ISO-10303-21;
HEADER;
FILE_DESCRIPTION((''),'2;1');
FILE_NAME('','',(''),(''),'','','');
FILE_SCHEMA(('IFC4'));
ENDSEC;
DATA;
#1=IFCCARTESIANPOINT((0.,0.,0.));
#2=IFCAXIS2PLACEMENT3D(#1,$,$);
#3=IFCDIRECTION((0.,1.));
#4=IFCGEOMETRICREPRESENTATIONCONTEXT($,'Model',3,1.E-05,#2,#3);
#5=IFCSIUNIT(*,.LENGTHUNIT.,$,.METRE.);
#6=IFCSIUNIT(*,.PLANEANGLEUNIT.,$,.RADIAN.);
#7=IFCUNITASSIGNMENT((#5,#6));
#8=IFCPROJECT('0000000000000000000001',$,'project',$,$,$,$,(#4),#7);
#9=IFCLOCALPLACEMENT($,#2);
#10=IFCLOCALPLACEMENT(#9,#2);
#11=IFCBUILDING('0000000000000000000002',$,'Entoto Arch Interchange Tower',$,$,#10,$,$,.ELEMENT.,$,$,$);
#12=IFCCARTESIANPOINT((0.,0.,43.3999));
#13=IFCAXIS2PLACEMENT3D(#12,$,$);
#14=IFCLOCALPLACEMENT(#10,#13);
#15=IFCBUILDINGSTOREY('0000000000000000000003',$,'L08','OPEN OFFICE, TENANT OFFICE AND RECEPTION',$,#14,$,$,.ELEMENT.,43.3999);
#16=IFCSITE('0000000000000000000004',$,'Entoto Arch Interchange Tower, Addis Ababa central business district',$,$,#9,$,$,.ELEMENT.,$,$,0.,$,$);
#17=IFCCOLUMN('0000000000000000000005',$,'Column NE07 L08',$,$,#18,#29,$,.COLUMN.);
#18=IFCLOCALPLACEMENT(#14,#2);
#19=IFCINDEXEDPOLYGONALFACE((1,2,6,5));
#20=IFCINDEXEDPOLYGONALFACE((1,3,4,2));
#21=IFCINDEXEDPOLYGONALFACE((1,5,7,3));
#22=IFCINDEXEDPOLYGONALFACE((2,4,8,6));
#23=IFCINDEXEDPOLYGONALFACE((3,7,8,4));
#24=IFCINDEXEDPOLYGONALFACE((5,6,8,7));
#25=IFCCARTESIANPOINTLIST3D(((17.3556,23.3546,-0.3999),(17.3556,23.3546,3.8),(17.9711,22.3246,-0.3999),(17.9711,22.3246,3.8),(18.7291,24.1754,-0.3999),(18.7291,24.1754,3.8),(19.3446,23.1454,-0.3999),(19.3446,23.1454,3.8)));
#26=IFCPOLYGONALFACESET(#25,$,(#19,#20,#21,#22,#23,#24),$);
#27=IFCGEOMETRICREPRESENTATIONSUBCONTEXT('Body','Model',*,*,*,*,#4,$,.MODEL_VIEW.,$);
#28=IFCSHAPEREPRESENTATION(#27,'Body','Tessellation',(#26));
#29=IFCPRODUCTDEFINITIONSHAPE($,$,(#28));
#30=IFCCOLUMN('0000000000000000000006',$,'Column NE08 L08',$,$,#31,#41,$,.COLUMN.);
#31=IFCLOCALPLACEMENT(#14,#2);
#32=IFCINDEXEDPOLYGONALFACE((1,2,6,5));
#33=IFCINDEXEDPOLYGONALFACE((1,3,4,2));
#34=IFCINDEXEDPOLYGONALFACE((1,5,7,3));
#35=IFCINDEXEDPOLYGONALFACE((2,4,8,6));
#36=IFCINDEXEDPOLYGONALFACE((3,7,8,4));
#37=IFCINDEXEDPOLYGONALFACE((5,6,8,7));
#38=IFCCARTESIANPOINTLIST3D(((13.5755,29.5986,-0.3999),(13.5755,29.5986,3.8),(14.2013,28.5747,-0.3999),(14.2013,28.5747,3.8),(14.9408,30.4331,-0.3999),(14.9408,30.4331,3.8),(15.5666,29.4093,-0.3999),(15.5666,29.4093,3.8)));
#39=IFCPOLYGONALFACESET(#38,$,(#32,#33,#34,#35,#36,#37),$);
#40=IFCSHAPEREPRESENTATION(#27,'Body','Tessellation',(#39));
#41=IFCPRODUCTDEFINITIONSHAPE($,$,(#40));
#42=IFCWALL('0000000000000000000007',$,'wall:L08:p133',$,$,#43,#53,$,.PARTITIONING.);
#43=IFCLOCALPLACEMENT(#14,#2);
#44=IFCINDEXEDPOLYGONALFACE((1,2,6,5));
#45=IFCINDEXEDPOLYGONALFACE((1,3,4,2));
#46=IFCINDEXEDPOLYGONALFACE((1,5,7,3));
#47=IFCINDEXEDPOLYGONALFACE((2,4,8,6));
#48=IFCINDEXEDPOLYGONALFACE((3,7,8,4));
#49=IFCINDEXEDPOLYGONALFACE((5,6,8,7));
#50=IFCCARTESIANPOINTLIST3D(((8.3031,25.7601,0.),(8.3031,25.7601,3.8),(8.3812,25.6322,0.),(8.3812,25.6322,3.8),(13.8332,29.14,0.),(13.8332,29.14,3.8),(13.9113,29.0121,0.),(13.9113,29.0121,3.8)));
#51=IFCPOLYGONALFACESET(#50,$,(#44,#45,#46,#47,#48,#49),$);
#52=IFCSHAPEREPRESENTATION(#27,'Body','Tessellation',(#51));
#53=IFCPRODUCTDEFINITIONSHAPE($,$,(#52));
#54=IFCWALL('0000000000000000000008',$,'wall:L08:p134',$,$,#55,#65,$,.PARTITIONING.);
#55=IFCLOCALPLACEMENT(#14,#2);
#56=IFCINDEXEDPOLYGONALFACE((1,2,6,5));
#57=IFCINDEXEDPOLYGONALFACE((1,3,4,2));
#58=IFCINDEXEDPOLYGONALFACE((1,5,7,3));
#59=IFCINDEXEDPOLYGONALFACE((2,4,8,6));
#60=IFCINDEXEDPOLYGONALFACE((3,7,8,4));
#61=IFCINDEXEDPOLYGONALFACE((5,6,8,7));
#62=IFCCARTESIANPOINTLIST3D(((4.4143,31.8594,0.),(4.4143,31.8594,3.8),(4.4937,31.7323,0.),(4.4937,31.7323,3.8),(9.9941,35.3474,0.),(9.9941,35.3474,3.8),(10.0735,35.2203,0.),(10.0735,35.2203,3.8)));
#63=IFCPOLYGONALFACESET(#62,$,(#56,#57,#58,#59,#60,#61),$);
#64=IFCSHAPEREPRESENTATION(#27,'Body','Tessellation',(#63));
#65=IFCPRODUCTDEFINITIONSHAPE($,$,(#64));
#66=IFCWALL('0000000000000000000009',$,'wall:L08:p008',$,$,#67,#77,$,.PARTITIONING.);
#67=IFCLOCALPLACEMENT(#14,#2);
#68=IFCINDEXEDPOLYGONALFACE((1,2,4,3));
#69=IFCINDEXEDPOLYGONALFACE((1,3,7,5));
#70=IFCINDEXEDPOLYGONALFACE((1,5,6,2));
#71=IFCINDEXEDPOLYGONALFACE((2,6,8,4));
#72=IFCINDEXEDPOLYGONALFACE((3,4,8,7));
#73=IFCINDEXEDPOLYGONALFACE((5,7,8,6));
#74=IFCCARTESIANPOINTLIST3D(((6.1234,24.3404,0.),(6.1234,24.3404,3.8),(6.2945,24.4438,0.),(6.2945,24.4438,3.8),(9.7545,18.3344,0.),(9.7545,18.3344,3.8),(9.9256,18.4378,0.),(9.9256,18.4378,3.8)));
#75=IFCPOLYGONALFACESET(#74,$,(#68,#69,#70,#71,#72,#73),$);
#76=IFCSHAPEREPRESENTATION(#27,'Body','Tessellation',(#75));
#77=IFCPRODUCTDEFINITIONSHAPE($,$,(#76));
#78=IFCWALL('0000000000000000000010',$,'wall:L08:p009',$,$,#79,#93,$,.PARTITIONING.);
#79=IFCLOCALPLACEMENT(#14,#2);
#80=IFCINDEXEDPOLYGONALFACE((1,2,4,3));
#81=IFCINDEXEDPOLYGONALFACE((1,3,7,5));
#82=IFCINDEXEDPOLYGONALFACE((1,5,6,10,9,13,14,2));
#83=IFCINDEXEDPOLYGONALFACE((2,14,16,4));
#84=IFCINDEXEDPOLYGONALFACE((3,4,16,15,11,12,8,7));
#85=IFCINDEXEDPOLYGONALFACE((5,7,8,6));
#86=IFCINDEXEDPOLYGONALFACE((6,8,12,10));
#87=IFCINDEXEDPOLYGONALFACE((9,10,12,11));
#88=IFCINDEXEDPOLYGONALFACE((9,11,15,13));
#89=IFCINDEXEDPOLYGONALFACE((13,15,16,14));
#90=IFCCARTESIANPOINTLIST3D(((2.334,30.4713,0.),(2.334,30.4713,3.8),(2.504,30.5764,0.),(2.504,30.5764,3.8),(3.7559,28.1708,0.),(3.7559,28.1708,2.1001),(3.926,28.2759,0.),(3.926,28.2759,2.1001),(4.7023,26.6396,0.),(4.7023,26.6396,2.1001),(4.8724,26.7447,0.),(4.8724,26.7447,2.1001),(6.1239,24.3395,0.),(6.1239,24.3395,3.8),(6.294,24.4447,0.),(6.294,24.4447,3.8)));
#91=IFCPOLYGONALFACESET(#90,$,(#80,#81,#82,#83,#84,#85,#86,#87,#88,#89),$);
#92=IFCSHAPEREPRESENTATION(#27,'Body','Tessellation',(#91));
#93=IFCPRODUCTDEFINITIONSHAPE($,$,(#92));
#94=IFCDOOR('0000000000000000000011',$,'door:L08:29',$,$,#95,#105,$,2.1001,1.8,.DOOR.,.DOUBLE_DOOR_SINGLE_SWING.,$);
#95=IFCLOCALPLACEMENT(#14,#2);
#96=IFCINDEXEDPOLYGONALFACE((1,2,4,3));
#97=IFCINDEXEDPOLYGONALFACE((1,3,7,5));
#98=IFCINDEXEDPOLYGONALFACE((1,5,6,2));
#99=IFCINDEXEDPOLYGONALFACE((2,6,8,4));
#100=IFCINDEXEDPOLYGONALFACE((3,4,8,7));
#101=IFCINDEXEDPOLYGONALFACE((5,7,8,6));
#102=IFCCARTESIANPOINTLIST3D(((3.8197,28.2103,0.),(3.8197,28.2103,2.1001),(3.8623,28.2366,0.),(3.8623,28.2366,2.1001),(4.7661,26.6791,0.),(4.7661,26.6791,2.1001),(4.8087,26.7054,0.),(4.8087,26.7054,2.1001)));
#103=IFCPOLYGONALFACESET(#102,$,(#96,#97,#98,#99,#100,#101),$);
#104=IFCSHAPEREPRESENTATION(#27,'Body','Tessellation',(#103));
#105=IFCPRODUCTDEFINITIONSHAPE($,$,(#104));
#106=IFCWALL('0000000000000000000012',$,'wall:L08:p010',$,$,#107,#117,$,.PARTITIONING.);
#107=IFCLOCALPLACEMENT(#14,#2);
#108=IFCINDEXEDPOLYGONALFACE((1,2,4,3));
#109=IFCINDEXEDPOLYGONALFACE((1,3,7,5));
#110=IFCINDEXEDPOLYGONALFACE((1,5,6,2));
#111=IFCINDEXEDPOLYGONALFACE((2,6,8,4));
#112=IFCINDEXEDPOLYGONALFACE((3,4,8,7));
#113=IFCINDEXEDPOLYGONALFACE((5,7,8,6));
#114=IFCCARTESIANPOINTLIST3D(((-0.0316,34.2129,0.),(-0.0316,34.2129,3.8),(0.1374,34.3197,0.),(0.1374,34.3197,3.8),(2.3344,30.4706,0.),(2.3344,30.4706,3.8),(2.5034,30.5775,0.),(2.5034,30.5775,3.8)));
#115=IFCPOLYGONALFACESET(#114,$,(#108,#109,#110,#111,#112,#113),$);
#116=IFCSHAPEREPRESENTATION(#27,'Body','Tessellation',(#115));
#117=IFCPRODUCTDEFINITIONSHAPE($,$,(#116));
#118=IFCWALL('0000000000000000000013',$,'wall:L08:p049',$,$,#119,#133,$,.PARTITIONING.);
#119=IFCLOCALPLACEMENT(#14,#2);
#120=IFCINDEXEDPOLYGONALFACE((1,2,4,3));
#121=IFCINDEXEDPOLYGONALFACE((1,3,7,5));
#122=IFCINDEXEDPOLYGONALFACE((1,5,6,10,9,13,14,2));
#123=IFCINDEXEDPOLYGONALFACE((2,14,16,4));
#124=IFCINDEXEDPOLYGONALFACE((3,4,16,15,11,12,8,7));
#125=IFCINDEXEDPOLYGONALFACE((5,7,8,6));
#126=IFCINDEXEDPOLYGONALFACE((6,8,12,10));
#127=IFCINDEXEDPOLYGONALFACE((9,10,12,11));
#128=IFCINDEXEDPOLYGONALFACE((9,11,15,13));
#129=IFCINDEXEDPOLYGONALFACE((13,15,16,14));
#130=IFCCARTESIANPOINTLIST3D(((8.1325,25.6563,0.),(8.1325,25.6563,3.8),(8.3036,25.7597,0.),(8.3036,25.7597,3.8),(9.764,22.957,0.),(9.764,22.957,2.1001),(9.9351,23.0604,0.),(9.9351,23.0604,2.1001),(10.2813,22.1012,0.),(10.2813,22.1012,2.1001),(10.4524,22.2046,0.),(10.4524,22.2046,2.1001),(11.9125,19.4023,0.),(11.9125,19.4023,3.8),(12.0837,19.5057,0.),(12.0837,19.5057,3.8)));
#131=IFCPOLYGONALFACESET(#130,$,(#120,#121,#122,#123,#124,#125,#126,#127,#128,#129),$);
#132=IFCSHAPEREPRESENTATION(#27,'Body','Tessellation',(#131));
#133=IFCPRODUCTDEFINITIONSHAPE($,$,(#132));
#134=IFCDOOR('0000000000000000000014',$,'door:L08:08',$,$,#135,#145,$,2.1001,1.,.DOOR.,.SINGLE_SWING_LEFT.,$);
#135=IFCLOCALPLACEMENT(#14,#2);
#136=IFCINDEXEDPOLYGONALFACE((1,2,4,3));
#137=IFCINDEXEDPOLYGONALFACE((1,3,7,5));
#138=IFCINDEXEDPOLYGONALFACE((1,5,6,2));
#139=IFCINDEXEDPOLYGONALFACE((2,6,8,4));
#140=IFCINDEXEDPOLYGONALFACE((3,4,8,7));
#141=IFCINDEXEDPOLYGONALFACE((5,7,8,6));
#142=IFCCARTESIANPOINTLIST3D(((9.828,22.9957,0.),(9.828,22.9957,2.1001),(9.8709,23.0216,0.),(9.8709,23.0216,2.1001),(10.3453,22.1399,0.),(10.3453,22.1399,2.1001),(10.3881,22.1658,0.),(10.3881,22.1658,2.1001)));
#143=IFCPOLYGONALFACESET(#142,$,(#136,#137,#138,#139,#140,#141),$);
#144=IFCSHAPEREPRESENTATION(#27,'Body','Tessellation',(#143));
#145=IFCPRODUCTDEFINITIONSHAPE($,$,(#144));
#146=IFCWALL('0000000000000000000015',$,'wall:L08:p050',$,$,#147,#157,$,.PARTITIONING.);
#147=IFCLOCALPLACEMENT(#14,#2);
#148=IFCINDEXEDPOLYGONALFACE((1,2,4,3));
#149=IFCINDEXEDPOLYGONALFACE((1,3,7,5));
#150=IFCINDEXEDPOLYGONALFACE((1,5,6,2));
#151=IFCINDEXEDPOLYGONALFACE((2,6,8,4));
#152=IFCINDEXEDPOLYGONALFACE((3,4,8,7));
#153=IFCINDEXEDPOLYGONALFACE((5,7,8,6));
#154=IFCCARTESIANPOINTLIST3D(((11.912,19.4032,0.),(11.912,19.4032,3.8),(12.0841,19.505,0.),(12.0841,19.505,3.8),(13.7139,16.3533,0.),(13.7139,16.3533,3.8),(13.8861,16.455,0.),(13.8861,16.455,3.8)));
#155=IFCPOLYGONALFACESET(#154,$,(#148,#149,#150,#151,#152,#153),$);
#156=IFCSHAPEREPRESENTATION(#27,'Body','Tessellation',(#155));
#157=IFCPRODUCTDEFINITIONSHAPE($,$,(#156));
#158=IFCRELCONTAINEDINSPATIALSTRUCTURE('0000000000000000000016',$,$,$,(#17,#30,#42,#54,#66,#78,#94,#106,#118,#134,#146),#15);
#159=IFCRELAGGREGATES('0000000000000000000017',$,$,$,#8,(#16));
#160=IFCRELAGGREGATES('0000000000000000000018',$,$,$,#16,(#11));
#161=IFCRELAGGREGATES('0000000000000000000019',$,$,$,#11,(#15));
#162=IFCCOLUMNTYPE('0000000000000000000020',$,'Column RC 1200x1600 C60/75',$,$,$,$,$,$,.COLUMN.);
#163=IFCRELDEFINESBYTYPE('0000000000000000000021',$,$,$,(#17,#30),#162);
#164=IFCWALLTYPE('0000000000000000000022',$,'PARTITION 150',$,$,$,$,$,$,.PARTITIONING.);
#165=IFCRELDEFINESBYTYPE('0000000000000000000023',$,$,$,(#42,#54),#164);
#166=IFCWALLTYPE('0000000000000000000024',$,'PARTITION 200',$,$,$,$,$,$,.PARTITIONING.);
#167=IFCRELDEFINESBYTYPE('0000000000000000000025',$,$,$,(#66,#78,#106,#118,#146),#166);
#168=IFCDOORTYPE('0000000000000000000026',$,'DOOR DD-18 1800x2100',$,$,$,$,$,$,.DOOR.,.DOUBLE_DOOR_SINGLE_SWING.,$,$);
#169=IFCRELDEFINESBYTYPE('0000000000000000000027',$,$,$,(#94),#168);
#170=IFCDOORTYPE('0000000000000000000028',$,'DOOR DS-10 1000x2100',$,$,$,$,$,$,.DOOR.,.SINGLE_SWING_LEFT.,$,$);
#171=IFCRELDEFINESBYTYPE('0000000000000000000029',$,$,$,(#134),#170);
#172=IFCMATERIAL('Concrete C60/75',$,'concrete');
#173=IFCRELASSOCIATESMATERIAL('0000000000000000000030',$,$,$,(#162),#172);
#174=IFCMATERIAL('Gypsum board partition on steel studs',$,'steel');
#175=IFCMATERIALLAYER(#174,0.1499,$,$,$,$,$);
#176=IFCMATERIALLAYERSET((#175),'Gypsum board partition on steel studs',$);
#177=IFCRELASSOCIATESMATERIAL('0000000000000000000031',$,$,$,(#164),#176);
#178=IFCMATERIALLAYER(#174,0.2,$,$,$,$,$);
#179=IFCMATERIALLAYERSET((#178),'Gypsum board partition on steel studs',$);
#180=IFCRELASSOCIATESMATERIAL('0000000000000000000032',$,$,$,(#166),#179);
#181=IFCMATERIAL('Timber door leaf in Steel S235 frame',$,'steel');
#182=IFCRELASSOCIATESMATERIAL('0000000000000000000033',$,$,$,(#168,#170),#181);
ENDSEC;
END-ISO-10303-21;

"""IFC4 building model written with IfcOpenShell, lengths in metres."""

from ifc_helpers import new_model, si_unit, direction, frame, frame_2d, origin, origin_2d, place, context, subcontext, project, spatial, rectangle, extrude, material, layer, layer_set, material_profile, profile_set, type_object, element, fill, save


model = new_model("IFC4")

# Units and contexts
model_context = context("Model", 3, precision=1e-05, world=origin(), true_north=direction((0.0, 1.0)))
body_context = subcontext(model_context, "Body", "Model", "MODEL_VIEW")
ifc_project = project(units=[si_unit("LENGTHUNIT", "METRE"), si_unit("PLANEANGLEUNIT", "RADIAN")], contexts=[model_context])

# Site, building, storey
site_placement = place(None, origin())
site = spatial("IfcSite", under=ifc_project, at=site_placement, Name="Entoto Arch Interchange Tower, Addis Ababa central business district", CompositionType="ELEMENT", RefElevation=0.0)
building_placement = place(site_placement, origin())
building = spatial("IfcBuilding", under=site, at=building_placement, Name="Entoto Arch Interchange Tower", CompositionType="ELEMENT")
storey_placement = place(building_placement, frame((0.0, 0.0, 43.3999)))
storey = spatial("IfcBuildingStorey", under=building, at=storey_placement, Name="L08", Description="OPEN OFFICE, TENANT OFFICE AND RECEPTION", CompositionType="ELEMENT", Elevation=43.3999)

# Columns
ifc_material_1 = material(Name="Concrete C60/75", Category="concrete")
ifc_material_profile = material_profile(ifc_material_1, rectangle(XDim=1.2, YDim=1.6001, at=origin_2d()))
ifc_profile_set = profile_set([ifc_material_profile], Name="Concrete C60/75")
column_type = type_object("IfcColumnType", Name="Column RC 1200x1600 C60/75", PredefinedType="COLUMN", material=ifc_profile_set)
for number, where, z_axis, x_axis, name in (
    (1, (18.3501, 23.25, -0.3999), (0.0, 0.0, 1.0), (-0.512972, 0.858405, 0.0), "Column NE07 L08"),
    (2, (14.571, 29.5039, -0.3999), (0.0, 0.0, 1.0), (-0.521546, 0.853223, 0.0), "Column NE08 L08"),
):
    element("IfcColumn", number, at=place(storey_placement, frame(where, z_axis=z_axis, x_axis=x_axis)), inside=storey, type_object=column_type, Name=name, PredefinedType="COLUMN", context=body_context, shape_type="SweptSolid", body=[
        extrude(rectangle(XDim=1.2, YDim=1.6001, at=origin_2d()), origin(), (0.0, 0.0, 1.0), 4.2),
    ])

# Walls
ifc_material_2 = material(Name="Gypsum board partition on steel studs", Category="steel")
ifc_layer_1 = layer(ifc_material_2, 0.1499)
ifc_layer_set_1 = layer_set([ifc_layer_1], Name="Gypsum board partition on steel studs")
wall_type_1 = type_object("IfcWallType", Name="PARTITION 150", PredefinedType="PARTITIONING", material=ifc_layer_set_1)
wall_1_placement = place(storey_placement, frame((8.342, 25.696, 0.0), z_axis=(0.0, 0.0, 1.0), x_axis=(0.853253, 0.521497, 0.0)))
element("IfcWall", 3, at=wall_1_placement, inside=storey, type_object=wall_type_1, Name="wall:L08:p133", PredefinedType="PARTITIONING", context=body_context, shape_type="SweptSolid", body=[
    extrude(rectangle(XDim=6.4812, YDim=0.1499, at=frame_2d((3.2407, 0.0))), origin(), (0.0, 0.0, 1.0), 3.8),
])
wall_2_placement = place(storey_placement, frame((4.4541, 31.7959, 0.0), z_axis=(0.0, 0.0, 1.0), x_axis=(0.847955, 0.530069, 0.0)))
element("IfcWall", 4, at=wall_2_placement, inside=storey, type_object=wall_type_1, Name="wall:L08:p134", PredefinedType="PARTITIONING", context=body_context, shape_type="SweptSolid", body=[
    extrude(rectangle(XDim=6.5803, YDim=0.1499, at=frame_2d((3.29, 0.0))), origin(), (0.0, 0.0, 1.0), 3.8),
])
ifc_layer_2 = layer(ifc_material_2, 0.2)
ifc_layer_set_2 = layer_set([ifc_layer_2], Name="Gypsum board partition on steel studs")
wall_type_2 = type_object("IfcWallType", Name="PARTITION 200", PredefinedType="PARTITIONING", material=ifc_layer_set_2)
wall_3_placement = place(storey_placement, frame((9.8401, 18.386, 0.0), z_axis=(0.0, 0.0, 1.0), x_axis=(-0.517368, 0.855763, 0.0)))
element("IfcWall", 5, at=wall_3_placement, inside=storey, type_object=wall_type_2, Name="wall:L08:p008", PredefinedType="PARTITIONING", context=body_context, shape_type="SweptSolid", body=[
    extrude(rectangle(XDim=7.0183, YDim=0.2, at=frame_2d((3.5093, 0.0))), origin(), (0.0, 0.0, 1.0), 3.8),
])

# Wall, opening, door
wall_4_placement = place(storey_placement, frame((6.209, 24.3921, 0.0), z_axis=(0.0, 0.0, 1.0), x_axis=(-0.525767, 0.850629, 0.0)))
wall_4 = element("IfcWall", 6, at=wall_4_placement, inside=storey, type_object=wall_type_2, Name="wall:L08:p009", PredefinedType="PARTITIONING", context=body_context, shape_type="SweptSolid", body=[
    extrude(rectangle(XDim=7.2085, YDim=0.2, at=frame_2d((3.6042, 0.0))), origin(), (0.0, 0.0, 1.0), 3.8),
])
opening_1_placement = place(wall_4_placement, frame((2.7041, 0.0, 0.0)))
opening_1 = element("IfcOpeningElement", 7, at=opening_1_placement, cuts=wall_4, PredefinedType="OPENING", context=body_context, shape_type="SweptSolid", body=[
    extrude(rectangle(XDim=1.8, YDim=2.1001, at=frame_2d((0.8999, 1.05))), frame((0.0, 0.1099, 0.0), z_axis=(0.0, -1.0, 0.0), x_axis=(1.0, 0.0, 0.0)), (0.0, 0.0, 1.0), 0.22),
])
ifc_material_3 = material(Name="Timber door leaf in Steel S235 frame", Category="steel")
door_type_1 = type_object("IfcDoorType", Name="DOOR DD-18 1800x2100", OperationType="DOUBLE_DOOR_SINGLE_SWING", PredefinedType="DOOR", material=ifc_material_3)
door_1_placement = place(opening_1_placement, origin())
door_1 = element("IfcDoor", 8, at=door_1_placement, inside=storey, type_object=door_type_1, Name="door:L08:29", OperationType="DOUBLE_DOOR_SINGLE_SWING", OverallHeight=2.1001, OverallWidth=1.8, PredefinedType="DOOR", context=body_context, shape_type="SweptSolid", body=[
    extrude(rectangle(XDim=1.8, YDim=2.1001, at=frame_2d((0.8999, 1.05))), frame((0.0, 0.0249, 0.0), z_axis=(0.0, -1.0, 0.0), x_axis=(1.0, 0.0, 0.0)), (0.0, 0.0, 1.0), 0.05),
])
fill(opening_1, door_1)

# Wall
wall_5_placement = place(storey_placement, frame((2.4189, 30.5239, 0.0), z_axis=(0.0, 0.0, 1.0), x_axis=(-0.534393, 0.845236, 0.0)))
element("IfcWall", 9, at=wall_5_placement, inside=storey, type_object=wall_type_2, Name="wall:L08:p010", PredefinedType="PARTITIONING", context=body_context, shape_type="SweptSolid", body=[
    extrude(rectangle(XDim=4.4275, YDim=0.2, at=frame_2d((2.2139, 0.0))), origin(), (0.0, 0.0, 1.0), 3.8),
])

# Wall, opening, door
wall_6_placement = place(storey_placement, frame((8.218, 25.708, 0.0), z_axis=(0.0, 0.0, 1.0), x_axis=(0.517279, -0.855817, 0.0)))
wall_6 = element("IfcWall", 10, at=wall_6_placement, inside=storey, type_object=wall_type_2, Name="wall:L08:p049", PredefinedType="PARTITIONING", context=body_context, shape_type="SweptSolid", body=[
    extrude(rectangle(XDim=7.3076, YDim=0.2, at=frame_2d((3.6538, 0.0))), origin(), (0.0, 0.0, 1.0), 3.8),
])
opening_2_placement = place(wall_6_placement, frame((3.1541, 0.0, 0.0)))
opening_2 = element("IfcOpeningElement", 11, at=opening_2_placement, cuts=wall_6, PredefinedType="OPENING", context=body_context, shape_type="SweptSolid", body=[
    extrude(rectangle(XDim=1.0, YDim=2.1001, at=frame_2d((0.5, 1.05))), frame((0.0, 0.1099, 0.0), z_axis=(0.0, -1.0, 0.0), x_axis=(1.0, 0.0, 0.0)), (0.0, 0.0, 1.0), 0.22),
])
door_type_2 = type_object("IfcDoorType", Name="DOOR DS-10 1000x2100", OperationType="SINGLE_SWING_LEFT", PredefinedType="DOOR", material=ifc_material_3)
door_2_placement = place(opening_2_placement, origin())
door_2 = element("IfcDoor", 12, at=door_2_placement, inside=storey, type_object=door_type_2, Name="door:L08:08", OperationType="SINGLE_SWING_LEFT", OverallHeight=2.1001, OverallWidth=1.0, PredefinedType="DOOR", context=body_context, shape_type="SweptSolid", body=[
    extrude(rectangle(XDim=1.0, YDim=2.1001, at=frame_2d((0.5, 1.05))), frame((0.0, 0.0249, 0.0), z_axis=(0.0, -1.0, 0.0), x_axis=(1.0, 0.0, 0.0)), (0.0, 0.0, 1.0), 0.05),
])
fill(opening_2, door_2)

# Wall
wall_7_placement = place(storey_placement, frame((11.998, 19.4541, 0.0), z_axis=(0.0, 0.0, 1.0), x_axis=(0.508667, -0.860964, 0.0)))
element("IfcWall", 13, at=wall_7_placement, inside=storey, type_object=wall_type_2, Name="wall:L08:p050", PredefinedType="PARTITIONING", context=body_context, shape_type="SweptSolid", body=[
    extrude(rectangle(XDim=3.5425, YDim=0.2, at=frame_2d((1.7712, 0.0))), origin(), (0.0, 0.0, 1.0), 3.8),
])

save(model, "model.ifc")
